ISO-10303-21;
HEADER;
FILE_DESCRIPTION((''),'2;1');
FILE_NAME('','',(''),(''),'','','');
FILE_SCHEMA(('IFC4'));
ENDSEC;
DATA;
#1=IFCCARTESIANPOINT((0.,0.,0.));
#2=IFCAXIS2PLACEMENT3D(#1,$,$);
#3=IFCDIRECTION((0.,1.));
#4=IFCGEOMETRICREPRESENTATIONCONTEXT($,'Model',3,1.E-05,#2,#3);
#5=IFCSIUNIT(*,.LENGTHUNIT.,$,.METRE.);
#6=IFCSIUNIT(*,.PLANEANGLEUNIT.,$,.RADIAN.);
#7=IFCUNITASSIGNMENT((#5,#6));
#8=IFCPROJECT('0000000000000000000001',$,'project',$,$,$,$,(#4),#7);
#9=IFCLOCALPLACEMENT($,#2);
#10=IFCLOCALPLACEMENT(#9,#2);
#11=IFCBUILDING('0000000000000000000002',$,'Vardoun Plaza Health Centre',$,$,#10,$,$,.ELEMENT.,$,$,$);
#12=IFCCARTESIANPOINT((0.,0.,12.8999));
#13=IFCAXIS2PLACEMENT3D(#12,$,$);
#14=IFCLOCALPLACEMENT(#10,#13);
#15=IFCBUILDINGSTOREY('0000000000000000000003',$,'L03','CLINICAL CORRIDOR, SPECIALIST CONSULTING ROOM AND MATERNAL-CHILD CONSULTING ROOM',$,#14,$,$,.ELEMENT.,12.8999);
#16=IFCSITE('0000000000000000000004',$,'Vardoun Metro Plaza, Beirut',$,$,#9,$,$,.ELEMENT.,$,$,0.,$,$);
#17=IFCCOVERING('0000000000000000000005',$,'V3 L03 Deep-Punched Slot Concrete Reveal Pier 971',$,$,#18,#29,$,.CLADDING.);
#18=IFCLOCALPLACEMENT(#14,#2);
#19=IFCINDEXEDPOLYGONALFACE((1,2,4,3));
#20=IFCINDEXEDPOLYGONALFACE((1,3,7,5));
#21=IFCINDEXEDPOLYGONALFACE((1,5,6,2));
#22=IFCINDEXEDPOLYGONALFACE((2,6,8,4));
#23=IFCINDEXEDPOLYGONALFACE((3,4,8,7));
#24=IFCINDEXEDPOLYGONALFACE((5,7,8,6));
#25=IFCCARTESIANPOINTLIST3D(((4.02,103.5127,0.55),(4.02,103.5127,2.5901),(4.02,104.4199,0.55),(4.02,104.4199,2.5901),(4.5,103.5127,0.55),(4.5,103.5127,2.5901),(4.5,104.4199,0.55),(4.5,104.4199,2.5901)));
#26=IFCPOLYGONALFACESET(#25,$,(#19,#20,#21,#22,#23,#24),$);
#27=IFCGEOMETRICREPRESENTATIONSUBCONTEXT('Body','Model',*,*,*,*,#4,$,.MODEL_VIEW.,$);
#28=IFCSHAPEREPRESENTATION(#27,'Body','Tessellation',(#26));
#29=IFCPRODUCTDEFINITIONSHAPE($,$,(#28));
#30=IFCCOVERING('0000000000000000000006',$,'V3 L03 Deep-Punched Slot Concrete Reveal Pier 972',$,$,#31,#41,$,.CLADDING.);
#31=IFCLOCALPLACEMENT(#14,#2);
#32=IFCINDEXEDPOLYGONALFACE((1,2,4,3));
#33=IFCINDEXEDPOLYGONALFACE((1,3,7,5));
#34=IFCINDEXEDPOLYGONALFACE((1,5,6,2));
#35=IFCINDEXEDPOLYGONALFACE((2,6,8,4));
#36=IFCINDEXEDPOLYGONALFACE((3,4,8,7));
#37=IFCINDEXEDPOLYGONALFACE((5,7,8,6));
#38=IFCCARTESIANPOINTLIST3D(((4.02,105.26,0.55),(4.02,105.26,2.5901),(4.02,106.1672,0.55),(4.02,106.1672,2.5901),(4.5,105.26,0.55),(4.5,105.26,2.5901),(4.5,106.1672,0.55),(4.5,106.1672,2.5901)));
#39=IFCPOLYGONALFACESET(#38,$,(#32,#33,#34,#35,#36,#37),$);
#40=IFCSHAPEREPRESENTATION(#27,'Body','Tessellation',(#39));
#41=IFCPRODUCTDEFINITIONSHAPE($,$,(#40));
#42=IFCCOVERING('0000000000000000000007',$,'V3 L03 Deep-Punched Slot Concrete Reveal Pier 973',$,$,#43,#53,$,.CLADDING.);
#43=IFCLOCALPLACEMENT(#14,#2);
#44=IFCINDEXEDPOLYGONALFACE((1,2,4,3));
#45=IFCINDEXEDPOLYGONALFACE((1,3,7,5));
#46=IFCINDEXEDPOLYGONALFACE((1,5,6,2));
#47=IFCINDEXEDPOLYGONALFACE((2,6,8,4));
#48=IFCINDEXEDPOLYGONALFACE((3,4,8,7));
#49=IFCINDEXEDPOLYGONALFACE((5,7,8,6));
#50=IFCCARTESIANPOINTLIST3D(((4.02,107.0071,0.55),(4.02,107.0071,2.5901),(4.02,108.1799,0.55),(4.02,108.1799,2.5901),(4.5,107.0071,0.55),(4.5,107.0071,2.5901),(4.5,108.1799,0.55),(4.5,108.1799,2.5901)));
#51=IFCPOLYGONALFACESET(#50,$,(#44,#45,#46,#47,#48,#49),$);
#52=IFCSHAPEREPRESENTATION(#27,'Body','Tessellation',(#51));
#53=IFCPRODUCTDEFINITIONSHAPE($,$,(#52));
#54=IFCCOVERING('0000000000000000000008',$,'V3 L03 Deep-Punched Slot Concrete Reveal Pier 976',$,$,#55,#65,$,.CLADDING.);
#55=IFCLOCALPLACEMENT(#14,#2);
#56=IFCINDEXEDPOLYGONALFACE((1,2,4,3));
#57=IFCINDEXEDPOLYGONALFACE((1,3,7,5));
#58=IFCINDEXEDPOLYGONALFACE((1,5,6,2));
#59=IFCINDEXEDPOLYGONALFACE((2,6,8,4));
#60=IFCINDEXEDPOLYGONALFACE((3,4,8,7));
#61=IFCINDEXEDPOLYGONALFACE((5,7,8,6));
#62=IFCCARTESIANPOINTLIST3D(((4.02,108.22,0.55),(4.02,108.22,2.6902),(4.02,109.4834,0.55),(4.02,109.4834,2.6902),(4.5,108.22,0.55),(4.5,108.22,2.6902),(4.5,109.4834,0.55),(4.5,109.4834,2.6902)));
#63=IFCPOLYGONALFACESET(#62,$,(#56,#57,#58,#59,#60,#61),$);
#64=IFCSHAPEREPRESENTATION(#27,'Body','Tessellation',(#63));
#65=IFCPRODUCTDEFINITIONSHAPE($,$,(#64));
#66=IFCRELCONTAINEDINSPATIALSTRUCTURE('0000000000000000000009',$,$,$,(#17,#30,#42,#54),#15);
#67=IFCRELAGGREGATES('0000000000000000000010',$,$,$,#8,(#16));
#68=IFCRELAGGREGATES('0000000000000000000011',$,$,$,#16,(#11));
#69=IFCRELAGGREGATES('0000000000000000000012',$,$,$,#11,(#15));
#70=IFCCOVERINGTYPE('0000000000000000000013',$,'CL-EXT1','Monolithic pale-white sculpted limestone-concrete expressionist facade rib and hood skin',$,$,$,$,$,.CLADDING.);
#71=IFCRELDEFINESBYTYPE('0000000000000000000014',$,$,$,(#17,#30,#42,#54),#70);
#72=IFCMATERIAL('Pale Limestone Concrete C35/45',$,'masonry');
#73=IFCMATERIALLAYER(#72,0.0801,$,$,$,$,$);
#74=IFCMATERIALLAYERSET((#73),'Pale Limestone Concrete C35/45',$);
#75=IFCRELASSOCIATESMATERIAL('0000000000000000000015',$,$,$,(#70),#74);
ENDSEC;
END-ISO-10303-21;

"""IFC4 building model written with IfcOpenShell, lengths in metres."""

from ifc_helpers import new_model, si_unit, direction, frame, origin, place, context, subcontext, project, spatial, polyline, outline, extrude, material, layer, layer_set, type_object, element, save


model = new_model("IFC4")

# Units and contexts
model_context = context("Model", 3, precision=1e-05, world=origin(), true_north=direction((0.0, 1.0)))
body_context = subcontext(model_context, "Body", "Model", "MODEL_VIEW")
ifc_project = project(units=[si_unit("LENGTHUNIT", "METRE"), si_unit("PLANEANGLEUNIT", "RADIAN")], contexts=[model_context])

# Site, building, storey
site_placement = place(None, origin())
site = spatial("IfcSite", under=ifc_project, at=site_placement, Name="Vardoun Metro Plaza, Beirut", CompositionType="ELEMENT", RefElevation=0.0)
building_placement = place(site_placement, origin())
building = spatial("IfcBuilding", under=site, at=building_placement, Name="Vardoun Plaza Health Centre", CompositionType="ELEMENT")
storey_placement = place(building_placement, frame((0.0, 0.0, 12.8999)))
storey = spatial("IfcBuildingStorey", under=building, at=storey_placement, Name="L03", Description="CLINICAL CORRIDOR, SPECIALIST CONSULTING ROOM AND MATERNAL-CHILD CONSULTING ROOM", CompositionType="ELEMENT", Elevation=12.8999)

# Coverings
ifc_material = material(Name="Pale Limestone Concrete C35/45", Category="masonry")
ifc_layer = layer(ifc_material, 0.0801)
ifc_layer_set = layer_set([ifc_layer], Name="Pale Limestone Concrete C35/45")
covering_type = type_object("IfcCoveringType", Name="CL-EXT1", Description="Monolithic pale-white sculpted limestone-concrete expressionist facade rib and hood skin", PredefinedType="CLADDING", material=ifc_layer_set)
covering_1_placement = place(storey_placement, frame((0.0, 0.0, 0.55)))
element("IfcCovering", 1, at=covering_1_placement, inside=storey, type_object=covering_type, Name="V3 L03 Deep-Punched Slot Concrete Reveal Pier 971", PredefinedType="CLADDING", context=body_context, shape_type="SweptSolid", body=[
    extrude(outline(polyline([(4.5, 103.5127), (4.5, 104.4199), (4.02, 104.4199), (4.02, 103.5127), (4.5, 103.5127)])), origin(), (0.0, 0.0, 1.0), 2.04),
])
covering_2_placement = place(storey_placement, frame((0.0, 0.0, 0.55)))
element("IfcCovering", 2, at=covering_2_placement, inside=storey, type_object=covering_type, Name="V3 L03 Deep-Punched Slot Concrete Reveal Pier 972", PredefinedType="CLADDING", context=body_context, shape_type="SweptSolid", body=[
    extrude(outline(polyline([(4.5, 105.26), (4.5, 106.1672), (4.02, 106.1672), (4.02, 105.26), (4.5, 105.26)])), origin(), (0.0, 0.0, 1.0), 2.04),
])
covering_3_placement = place(storey_placement, frame((0.0, 0.0, 0.55)))
element("IfcCovering", 3, at=covering_3_placement, inside=storey, type_object=covering_type, Name="V3 L03 Deep-Punched Slot Concrete Reveal Pier 973", PredefinedType="CLADDING", context=body_context, shape_type="SweptSolid", body=[
    extrude(outline(polyline([(4.5, 107.0071), (4.5, 108.1799), (4.02, 108.1799), (4.02, 107.0071), (4.5, 107.0071)])), origin(), (0.0, 0.0, 1.0), 2.04),
])
covering_4_placement = place(storey_placement, frame((0.0, 0.0, 0.55)))
element("IfcCovering", 4, at=covering_4_placement, inside=storey, type_object=covering_type, Name="V3 L03 Deep-Punched Slot Concrete Reveal Pier 976", PredefinedType="CLADDING", context=body_context, shape_type="SweptSolid", body=[
    extrude(outline(polyline([(4.5, 108.22), (4.5, 109.4834), (4.02, 109.4834), (4.02, 108.22), (4.5, 108.22)])), origin(), (0.0, 0.0, 1.0), 2.1401),
])

save(model, "model.ifc")
